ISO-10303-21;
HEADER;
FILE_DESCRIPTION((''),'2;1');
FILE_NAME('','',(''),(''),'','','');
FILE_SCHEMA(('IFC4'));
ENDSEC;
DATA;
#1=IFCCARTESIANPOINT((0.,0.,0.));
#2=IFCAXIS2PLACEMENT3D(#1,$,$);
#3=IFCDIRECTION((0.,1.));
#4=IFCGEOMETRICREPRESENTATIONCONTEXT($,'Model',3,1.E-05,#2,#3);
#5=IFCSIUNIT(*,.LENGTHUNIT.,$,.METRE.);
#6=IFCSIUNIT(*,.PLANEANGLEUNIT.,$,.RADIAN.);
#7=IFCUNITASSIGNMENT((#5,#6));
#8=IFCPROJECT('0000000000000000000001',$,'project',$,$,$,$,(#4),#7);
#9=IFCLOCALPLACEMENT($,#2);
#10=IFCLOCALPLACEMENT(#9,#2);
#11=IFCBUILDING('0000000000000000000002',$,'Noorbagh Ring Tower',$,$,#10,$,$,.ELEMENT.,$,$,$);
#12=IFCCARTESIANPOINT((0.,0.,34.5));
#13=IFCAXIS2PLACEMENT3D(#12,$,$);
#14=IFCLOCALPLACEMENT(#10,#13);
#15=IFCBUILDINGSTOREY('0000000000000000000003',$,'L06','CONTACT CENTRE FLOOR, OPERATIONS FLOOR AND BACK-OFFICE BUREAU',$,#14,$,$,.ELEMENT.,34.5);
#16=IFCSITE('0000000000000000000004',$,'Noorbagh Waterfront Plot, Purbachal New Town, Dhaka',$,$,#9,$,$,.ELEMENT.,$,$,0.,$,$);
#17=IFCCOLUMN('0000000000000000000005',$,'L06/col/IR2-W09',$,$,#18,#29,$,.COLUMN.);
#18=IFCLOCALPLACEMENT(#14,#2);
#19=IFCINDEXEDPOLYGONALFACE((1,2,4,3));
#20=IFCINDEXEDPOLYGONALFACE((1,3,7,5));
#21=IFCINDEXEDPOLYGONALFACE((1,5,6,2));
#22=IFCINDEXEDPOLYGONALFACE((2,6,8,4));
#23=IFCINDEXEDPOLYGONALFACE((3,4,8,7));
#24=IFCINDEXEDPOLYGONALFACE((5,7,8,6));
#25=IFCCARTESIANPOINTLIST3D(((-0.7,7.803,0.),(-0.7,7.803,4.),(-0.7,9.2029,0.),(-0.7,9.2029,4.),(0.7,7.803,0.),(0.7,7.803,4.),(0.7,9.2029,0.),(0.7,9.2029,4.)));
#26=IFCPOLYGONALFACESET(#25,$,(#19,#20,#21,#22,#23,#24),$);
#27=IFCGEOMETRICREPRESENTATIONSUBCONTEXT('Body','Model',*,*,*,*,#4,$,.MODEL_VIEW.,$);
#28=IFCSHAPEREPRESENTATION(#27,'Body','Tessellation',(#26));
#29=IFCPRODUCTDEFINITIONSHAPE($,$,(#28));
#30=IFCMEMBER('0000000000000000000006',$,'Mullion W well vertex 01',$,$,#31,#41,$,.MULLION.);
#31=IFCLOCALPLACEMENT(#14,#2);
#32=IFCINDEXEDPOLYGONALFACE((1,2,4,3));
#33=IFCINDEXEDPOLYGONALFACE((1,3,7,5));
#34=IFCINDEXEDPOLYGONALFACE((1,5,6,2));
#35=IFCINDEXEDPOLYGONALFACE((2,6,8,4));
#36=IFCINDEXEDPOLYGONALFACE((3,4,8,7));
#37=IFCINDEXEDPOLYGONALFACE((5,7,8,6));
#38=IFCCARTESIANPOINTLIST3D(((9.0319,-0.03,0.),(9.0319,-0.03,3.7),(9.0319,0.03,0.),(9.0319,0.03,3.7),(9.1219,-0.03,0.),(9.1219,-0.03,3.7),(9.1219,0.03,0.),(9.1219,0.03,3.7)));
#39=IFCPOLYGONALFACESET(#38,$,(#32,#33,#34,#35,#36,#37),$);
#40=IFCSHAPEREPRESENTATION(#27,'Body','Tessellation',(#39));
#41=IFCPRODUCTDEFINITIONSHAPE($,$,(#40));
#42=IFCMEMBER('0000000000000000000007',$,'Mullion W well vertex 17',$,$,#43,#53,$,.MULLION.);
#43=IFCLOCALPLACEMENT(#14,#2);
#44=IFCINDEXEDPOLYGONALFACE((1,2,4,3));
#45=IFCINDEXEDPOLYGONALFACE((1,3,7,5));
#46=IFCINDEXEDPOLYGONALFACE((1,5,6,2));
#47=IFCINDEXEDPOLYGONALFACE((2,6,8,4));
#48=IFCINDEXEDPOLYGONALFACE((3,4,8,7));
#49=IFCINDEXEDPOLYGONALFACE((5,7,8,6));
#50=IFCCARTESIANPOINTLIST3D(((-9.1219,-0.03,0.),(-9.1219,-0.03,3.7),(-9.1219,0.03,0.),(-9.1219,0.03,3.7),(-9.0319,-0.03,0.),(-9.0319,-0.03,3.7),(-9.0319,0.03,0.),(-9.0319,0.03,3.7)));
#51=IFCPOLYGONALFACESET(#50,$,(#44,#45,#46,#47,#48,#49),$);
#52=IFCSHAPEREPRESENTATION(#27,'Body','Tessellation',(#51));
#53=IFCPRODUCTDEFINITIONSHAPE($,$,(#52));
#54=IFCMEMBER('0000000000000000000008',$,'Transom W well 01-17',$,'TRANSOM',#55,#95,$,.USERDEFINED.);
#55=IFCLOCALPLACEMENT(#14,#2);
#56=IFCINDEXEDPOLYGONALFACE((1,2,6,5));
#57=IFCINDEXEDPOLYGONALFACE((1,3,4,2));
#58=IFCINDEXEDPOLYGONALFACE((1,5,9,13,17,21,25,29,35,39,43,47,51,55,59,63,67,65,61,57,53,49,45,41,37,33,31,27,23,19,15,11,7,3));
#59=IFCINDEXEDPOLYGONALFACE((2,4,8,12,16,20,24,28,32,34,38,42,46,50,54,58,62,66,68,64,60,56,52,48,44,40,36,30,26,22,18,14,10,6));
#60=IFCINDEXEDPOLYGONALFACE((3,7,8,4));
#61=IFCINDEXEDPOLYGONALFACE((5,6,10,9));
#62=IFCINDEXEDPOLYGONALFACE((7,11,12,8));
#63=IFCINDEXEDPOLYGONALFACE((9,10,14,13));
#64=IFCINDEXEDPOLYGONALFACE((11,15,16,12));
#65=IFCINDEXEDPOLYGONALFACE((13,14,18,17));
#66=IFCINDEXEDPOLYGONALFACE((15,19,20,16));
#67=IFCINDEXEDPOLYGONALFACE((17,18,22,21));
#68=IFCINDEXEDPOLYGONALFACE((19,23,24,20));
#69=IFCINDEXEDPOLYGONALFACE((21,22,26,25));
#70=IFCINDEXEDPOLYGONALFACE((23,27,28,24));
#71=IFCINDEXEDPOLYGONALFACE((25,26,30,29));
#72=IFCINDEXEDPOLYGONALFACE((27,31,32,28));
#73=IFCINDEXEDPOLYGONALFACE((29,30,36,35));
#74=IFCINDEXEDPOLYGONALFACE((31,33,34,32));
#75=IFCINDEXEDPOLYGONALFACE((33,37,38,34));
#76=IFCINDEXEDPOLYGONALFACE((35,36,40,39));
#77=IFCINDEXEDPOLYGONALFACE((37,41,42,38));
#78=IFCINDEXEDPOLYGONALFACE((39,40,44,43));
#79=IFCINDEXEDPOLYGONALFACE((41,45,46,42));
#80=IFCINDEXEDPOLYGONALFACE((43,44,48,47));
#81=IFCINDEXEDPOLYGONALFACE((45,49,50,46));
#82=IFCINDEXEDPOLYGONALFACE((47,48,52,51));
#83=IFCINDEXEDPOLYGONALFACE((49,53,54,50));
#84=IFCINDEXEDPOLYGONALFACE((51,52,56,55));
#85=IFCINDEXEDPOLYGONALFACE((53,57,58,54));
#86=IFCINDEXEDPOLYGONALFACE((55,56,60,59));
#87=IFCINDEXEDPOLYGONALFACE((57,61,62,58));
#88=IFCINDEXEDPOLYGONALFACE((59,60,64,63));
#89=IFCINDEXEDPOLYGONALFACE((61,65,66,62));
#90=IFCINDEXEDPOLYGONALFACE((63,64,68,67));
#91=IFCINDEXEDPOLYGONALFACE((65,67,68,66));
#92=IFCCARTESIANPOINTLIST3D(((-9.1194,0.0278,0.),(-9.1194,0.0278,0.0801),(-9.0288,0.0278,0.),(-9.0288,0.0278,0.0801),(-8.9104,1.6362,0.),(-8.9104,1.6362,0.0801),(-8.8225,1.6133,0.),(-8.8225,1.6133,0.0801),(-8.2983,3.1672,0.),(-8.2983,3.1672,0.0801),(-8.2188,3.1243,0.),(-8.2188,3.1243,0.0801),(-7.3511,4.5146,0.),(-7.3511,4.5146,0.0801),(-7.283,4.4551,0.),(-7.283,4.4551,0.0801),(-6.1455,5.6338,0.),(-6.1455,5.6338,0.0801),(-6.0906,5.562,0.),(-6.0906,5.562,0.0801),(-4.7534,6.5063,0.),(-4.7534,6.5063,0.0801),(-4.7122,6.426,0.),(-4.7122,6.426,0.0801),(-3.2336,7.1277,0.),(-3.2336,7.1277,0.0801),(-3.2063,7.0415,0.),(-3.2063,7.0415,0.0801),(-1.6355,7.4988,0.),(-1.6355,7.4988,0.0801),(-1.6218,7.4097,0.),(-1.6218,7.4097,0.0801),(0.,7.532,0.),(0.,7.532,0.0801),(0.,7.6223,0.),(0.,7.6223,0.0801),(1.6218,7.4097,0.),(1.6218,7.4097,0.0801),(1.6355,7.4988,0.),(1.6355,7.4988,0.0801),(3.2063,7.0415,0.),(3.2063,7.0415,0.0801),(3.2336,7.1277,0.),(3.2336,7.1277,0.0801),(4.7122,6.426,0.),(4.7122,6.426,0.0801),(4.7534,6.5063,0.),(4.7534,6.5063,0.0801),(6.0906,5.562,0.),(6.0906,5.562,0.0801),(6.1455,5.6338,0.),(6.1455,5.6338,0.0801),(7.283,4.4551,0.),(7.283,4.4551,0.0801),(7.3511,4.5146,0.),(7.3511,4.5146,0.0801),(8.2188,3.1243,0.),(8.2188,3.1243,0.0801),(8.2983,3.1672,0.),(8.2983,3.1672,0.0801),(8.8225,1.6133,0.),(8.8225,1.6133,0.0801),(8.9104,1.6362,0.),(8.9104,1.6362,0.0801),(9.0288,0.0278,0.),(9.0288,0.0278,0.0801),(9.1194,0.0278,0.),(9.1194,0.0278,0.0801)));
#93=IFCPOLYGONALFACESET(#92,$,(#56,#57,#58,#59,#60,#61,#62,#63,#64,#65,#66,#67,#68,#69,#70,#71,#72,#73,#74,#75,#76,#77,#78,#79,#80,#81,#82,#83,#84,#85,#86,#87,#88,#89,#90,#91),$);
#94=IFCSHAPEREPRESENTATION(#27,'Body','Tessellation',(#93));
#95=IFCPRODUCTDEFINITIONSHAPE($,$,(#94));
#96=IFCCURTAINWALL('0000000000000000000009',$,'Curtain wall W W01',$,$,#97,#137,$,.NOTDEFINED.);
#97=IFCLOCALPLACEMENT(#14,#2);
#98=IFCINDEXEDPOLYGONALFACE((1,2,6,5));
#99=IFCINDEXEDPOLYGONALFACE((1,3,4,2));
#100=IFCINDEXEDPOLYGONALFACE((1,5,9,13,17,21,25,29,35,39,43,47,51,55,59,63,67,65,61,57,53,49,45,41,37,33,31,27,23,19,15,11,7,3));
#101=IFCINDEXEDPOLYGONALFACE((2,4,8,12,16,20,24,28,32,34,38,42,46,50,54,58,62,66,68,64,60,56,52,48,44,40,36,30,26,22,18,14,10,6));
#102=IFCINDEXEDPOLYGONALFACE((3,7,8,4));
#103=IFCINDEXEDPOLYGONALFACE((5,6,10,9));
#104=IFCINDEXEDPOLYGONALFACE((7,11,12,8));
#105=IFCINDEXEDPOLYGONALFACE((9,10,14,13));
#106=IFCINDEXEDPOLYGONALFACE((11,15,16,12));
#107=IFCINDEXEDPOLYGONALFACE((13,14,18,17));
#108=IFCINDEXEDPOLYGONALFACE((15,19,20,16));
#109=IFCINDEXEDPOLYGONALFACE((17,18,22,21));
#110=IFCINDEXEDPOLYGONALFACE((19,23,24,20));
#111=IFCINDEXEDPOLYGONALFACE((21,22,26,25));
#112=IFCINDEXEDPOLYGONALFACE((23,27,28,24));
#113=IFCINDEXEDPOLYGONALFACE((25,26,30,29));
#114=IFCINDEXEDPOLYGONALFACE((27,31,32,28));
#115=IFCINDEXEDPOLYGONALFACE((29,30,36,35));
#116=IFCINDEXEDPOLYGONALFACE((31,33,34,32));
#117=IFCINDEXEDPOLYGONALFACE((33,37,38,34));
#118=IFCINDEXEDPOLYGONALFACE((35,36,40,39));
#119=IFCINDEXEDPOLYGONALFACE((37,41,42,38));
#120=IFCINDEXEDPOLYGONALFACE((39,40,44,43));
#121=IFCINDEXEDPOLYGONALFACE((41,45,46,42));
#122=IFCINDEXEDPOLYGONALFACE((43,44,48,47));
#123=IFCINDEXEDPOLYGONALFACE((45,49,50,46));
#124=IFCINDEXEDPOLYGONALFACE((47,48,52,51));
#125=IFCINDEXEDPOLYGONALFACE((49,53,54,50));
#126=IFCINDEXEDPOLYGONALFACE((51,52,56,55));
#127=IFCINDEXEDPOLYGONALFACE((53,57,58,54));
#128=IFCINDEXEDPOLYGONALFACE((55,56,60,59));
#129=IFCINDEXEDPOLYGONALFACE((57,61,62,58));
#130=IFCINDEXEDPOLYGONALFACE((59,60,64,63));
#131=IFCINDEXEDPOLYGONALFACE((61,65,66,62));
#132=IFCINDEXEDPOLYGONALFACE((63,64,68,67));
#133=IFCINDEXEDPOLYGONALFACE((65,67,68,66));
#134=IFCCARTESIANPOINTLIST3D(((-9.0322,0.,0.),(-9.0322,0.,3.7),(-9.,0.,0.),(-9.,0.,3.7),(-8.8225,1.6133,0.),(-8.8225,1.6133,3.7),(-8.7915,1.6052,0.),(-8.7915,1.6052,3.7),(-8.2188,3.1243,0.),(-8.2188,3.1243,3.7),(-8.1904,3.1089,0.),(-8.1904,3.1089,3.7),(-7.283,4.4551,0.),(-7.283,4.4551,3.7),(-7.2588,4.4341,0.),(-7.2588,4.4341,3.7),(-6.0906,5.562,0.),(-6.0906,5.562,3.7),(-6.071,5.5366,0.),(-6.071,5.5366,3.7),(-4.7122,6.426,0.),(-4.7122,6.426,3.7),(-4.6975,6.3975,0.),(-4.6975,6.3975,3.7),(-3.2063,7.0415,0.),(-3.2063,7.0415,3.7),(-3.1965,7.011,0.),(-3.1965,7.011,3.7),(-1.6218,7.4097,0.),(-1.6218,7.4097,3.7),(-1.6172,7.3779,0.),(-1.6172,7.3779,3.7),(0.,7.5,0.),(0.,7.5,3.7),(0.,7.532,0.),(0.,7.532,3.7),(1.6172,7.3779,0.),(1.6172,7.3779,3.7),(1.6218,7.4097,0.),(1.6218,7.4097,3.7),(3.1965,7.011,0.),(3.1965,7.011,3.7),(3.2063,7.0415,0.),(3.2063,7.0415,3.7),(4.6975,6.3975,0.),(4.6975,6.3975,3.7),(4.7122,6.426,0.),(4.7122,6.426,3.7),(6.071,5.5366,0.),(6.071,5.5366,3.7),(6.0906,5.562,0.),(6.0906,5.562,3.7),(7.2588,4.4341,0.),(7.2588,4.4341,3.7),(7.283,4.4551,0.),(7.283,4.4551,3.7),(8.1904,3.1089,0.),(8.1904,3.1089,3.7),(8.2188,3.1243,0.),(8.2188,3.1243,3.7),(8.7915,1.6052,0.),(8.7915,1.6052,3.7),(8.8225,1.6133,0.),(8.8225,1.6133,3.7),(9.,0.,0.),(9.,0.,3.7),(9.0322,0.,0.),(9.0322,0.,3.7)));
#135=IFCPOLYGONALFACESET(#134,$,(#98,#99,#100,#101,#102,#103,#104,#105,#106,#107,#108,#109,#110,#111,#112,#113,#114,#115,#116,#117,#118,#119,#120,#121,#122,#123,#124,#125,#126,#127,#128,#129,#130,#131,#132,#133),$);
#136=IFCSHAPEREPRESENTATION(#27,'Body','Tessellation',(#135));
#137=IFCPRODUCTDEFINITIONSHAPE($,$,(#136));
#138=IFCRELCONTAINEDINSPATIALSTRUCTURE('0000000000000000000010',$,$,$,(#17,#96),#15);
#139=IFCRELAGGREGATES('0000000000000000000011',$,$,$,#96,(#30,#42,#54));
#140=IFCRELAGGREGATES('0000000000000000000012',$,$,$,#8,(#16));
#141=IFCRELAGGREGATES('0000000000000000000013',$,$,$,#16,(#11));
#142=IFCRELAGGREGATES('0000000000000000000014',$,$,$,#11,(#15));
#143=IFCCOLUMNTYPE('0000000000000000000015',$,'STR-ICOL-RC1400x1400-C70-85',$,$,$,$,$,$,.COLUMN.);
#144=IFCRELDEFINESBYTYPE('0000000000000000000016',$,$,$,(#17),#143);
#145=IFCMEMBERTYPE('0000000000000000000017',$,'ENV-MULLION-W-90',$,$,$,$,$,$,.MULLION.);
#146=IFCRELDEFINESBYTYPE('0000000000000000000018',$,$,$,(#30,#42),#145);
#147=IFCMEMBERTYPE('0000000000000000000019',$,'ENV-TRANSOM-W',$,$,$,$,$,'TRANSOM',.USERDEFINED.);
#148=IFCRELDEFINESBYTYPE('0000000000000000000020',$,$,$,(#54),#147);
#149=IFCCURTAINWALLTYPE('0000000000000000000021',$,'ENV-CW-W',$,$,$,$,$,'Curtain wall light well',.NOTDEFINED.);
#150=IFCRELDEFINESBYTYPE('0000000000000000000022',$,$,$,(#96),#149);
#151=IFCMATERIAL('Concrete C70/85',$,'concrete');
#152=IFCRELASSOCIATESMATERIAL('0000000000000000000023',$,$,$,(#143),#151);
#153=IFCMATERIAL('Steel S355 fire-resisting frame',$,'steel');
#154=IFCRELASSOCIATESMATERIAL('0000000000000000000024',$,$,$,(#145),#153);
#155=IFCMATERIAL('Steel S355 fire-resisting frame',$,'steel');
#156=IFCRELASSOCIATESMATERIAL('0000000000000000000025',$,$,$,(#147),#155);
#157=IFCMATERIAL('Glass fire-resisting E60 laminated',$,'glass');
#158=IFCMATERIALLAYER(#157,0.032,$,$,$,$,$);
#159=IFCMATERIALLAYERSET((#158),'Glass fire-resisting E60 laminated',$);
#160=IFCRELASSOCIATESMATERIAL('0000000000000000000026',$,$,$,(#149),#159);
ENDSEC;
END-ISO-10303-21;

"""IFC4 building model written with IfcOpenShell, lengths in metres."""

from ifc_helpers import new_model, si_unit, direction, frame, origin, origin_2d, place, context, subcontext, project, spatial, polyline, rectangle, outline, extrude, material, layer, layer_set, material_profile, profile_set, type_object, element, aggregate, save


model = new_model("IFC4")

# Units and contexts
model_context = context("Model", 3, precision=1e-05, world=origin(), true_north=direction((0.0, 1.0)))
body_context = subcontext(model_context, "Body", "Model", "MODEL_VIEW")
ifc_project = project(units=[si_unit("LENGTHUNIT", "METRE"), si_unit("PLANEANGLEUNIT", "RADIAN")], contexts=[model_context])

# Site, building, storey
site_placement = place(None, origin())
site = spatial("IfcSite", under=ifc_project, at=site_placement, Name="Noorbagh Waterfront Plot, Purbachal New Town, Dhaka", CompositionType="ELEMENT", RefElevation=0.0)
building_placement = place(site_placement, origin())
building = spatial("IfcBuilding", under=site, at=building_placement, Name="Noorbagh Ring Tower", CompositionType="ELEMENT")
storey_placement = place(building_placement, frame((0.0, 0.0, 34.5)))
storey = spatial("IfcBuildingStorey", under=building, at=storey_placement, Name="L06", Description="CONTACT CENTRE FLOOR, OPERATIONS FLOOR AND BACK-OFFICE BUREAU", CompositionType="ELEMENT", Elevation=34.5)

# Column
ifc_material_1 = material(Name="Concrete C70/85", Category="concrete")
ifc_material_profile_1 = material_profile(ifc_material_1, rectangle(XDim=1.3999, YDim=1.3999, at=origin_2d()), Name="RC1400x1400")
ifc_profile_set_1 = profile_set([ifc_material_profile_1], Name="Concrete C70/85")
column_type = type_object("IfcColumnType", Name="STR-ICOL-RC1400x1400-C70-85", PredefinedType="COLUMN", material=ifc_profile_set_1)
column_placement = place(storey_placement, frame((0.0, 8.5029, 0.0), z_axis=(0.0, 0.0, 1.0), x_axis=(-1.0, 0.0, 0.0)))
element("IfcColumn", 1, at=column_placement, inside=storey, type_object=column_type, Name="L06/col/IR2-W09", PredefinedType="COLUMN", context=body_context, shape_type="SweptSolid", body=[
    extrude(rectangle(XDim=1.3999, YDim=1.3999, at=origin_2d()), origin(), (0.0, 0.0, 1.0), 4.0),
])

# Members
ifc_material_2 = material(Name="Steel S355 fire-resisting frame", Category="steel")
ifc_material_profile_2 = material_profile(ifc_material_2, rectangle(XDim=0.0901, YDim=0.0601, at=origin_2d()), Name="90x60")
ifc_profile_set_2 = profile_set([ifc_material_profile_2], Name="Steel S355 fire-resisting frame")
member_type_1 = type_object("IfcMemberType", Name="ENV-MULLION-W-90", PredefinedType="MULLION", material=ifc_profile_set_2)
member_1_placement = place(storey_placement, frame((9.0769, 0.0, 0.0), z_axis=(0.0, 0.0, 1.0), x_axis=(1.0, 0.0, 0.0)))
member_1 = element("IfcMember", 2, at=member_1_placement, type_object=member_type_1, Name="Mullion W well vertex 01", PredefinedType="MULLION", context=body_context, shape_type="SweptSolid", body=[
    extrude(rectangle(XDim=0.0901, YDim=0.0601, at=origin_2d()), origin(), (0.0, 0.0, 1.0), 3.7),
])
member_2_placement = place(storey_placement, frame((-9.0769, 0.0, 0.0), z_axis=(0.0, 0.0, 1.0), x_axis=(-1.0, 0.0, 0.0)))
member_2 = element("IfcMember", 3, at=member_2_placement, type_object=member_type_1, Name="Mullion W well vertex 17", PredefinedType="MULLION", context=body_context, shape_type="SweptSolid", body=[
    extrude(rectangle(XDim=0.0901, YDim=0.0601, at=origin_2d()), origin(), (0.0, 0.0, 1.0), 3.7),
])
ifc_material_3 = material(Name="Steel S355 fire-resisting frame", Category="steel")
member_type_2 = type_object("IfcMemberType", Name="ENV-TRANSOM-W", ElementType="TRANSOM", PredefinedType="USERDEFINED", material=ifc_material_3)
member_3_placement = place(storey_placement, origin())
member_3 = element("IfcMember", 4, at=member_3_placement, type_object=member_type_2, Name="Transom W well 01-17", ObjectType="TRANSOM", PredefinedType="USERDEFINED", context=body_context, shape_type="SweptSolid", body=[
    extrude(outline(polyline([(9.1194, 0.0278), (8.9104, 1.6362), (8.2983, 3.1672), (7.3511, 4.5146), (6.1455, 5.6338), (4.7534, 6.5063), (3.2336, 7.1277), (1.6355, 7.4988), (0.0, 7.6223), (-1.6355, 7.4988), (-3.2336, 7.1277), (-4.7534, 6.5063), (-6.1455, 5.6338), (-7.3511, 4.5146), (-8.2983, 3.1672), (-8.9104, 1.6362), (-9.1194, 0.0278), (-9.0288, 0.0278), (-8.8225, 1.6133), (-8.2188, 3.1243), (-7.283, 4.4551), (-6.0906, 5.562), (-4.7122, 6.426), (-3.2063, 7.0415), (-1.6218, 7.4097), (0.0, 7.532), (1.6218, 7.4097), (3.2063, 7.0415), (4.7122, 6.426), (6.0906, 5.562), (7.283, 4.4551), (8.2188, 3.1243), (8.8225, 1.6133), (9.0288, 0.0278), (9.1194, 0.0278)])), origin(), (0.0, 0.0, 1.0), 0.0801),
])

# Curtain wall
ifc_material_4 = material(Name="Glass fire-resisting E60 laminated", Category="glass")
ifc_layer_1 = layer(ifc_material_4, 0.032)
ifc_layer_set_1 = layer_set([ifc_layer_1], Name="Glass fire-resisting E60 laminated")
curtain_wall_type_1 = type_object("IfcCurtainWallType", Name="ENV-CW-W", ElementType="Curtain wall light well", PredefinedType="NOTDEFINED", material=ifc_layer_set_1)
curtain_wall_1_placement = place(storey_placement, origin())
curtain_wall_1 = element("IfcCurtainWall", 5, at=curtain_wall_1_placement, inside=storey, type_object=curtain_wall_type_1, Name="Curtain wall W W01", PredefinedType="NOTDEFINED", context=body_context, shape_type="SweptSolid", body=[
    extrude(outline(polyline([(9.0322, 0.0), (8.8225, 1.6133), (8.2188, 3.1243), (7.283, 4.4551), (6.0906, 5.562), (4.7122, 6.426), (3.2063, 7.0415), (1.6218, 7.4097), (0.0, 7.532), (-1.6218, 7.4097), (-3.2063, 7.0415), (-4.7122, 6.426), (-6.0906, 5.562), (-7.283, 4.4551), (-8.2188, 3.1243), (-8.8225, 1.6133), (-9.0322, 0.0), (-9.0, 0.0), (-8.7915, 1.6052), (-8.1904, 3.1089), (-7.2588, 4.4341), (-6.071, 5.5366), (-4.6975, 6.3975), (-3.1965, 7.011), (-1.6172, 7.3779), (0.0, 7.5), (1.6172, 7.3779), (3.1965, 7.011), (4.6975, 6.3975), (6.071, 5.5366), (7.2588, 4.4341), (8.1904, 3.1089), (8.7915, 1.6052), (9.0, 0.0), (9.0322, 0.0)])), origin(), (0.0, 0.0, 1.0), 3.7),
])
aggregate(curtain_wall_1, [member_1, member_2, member_3])

save(model, "model.ifc")
